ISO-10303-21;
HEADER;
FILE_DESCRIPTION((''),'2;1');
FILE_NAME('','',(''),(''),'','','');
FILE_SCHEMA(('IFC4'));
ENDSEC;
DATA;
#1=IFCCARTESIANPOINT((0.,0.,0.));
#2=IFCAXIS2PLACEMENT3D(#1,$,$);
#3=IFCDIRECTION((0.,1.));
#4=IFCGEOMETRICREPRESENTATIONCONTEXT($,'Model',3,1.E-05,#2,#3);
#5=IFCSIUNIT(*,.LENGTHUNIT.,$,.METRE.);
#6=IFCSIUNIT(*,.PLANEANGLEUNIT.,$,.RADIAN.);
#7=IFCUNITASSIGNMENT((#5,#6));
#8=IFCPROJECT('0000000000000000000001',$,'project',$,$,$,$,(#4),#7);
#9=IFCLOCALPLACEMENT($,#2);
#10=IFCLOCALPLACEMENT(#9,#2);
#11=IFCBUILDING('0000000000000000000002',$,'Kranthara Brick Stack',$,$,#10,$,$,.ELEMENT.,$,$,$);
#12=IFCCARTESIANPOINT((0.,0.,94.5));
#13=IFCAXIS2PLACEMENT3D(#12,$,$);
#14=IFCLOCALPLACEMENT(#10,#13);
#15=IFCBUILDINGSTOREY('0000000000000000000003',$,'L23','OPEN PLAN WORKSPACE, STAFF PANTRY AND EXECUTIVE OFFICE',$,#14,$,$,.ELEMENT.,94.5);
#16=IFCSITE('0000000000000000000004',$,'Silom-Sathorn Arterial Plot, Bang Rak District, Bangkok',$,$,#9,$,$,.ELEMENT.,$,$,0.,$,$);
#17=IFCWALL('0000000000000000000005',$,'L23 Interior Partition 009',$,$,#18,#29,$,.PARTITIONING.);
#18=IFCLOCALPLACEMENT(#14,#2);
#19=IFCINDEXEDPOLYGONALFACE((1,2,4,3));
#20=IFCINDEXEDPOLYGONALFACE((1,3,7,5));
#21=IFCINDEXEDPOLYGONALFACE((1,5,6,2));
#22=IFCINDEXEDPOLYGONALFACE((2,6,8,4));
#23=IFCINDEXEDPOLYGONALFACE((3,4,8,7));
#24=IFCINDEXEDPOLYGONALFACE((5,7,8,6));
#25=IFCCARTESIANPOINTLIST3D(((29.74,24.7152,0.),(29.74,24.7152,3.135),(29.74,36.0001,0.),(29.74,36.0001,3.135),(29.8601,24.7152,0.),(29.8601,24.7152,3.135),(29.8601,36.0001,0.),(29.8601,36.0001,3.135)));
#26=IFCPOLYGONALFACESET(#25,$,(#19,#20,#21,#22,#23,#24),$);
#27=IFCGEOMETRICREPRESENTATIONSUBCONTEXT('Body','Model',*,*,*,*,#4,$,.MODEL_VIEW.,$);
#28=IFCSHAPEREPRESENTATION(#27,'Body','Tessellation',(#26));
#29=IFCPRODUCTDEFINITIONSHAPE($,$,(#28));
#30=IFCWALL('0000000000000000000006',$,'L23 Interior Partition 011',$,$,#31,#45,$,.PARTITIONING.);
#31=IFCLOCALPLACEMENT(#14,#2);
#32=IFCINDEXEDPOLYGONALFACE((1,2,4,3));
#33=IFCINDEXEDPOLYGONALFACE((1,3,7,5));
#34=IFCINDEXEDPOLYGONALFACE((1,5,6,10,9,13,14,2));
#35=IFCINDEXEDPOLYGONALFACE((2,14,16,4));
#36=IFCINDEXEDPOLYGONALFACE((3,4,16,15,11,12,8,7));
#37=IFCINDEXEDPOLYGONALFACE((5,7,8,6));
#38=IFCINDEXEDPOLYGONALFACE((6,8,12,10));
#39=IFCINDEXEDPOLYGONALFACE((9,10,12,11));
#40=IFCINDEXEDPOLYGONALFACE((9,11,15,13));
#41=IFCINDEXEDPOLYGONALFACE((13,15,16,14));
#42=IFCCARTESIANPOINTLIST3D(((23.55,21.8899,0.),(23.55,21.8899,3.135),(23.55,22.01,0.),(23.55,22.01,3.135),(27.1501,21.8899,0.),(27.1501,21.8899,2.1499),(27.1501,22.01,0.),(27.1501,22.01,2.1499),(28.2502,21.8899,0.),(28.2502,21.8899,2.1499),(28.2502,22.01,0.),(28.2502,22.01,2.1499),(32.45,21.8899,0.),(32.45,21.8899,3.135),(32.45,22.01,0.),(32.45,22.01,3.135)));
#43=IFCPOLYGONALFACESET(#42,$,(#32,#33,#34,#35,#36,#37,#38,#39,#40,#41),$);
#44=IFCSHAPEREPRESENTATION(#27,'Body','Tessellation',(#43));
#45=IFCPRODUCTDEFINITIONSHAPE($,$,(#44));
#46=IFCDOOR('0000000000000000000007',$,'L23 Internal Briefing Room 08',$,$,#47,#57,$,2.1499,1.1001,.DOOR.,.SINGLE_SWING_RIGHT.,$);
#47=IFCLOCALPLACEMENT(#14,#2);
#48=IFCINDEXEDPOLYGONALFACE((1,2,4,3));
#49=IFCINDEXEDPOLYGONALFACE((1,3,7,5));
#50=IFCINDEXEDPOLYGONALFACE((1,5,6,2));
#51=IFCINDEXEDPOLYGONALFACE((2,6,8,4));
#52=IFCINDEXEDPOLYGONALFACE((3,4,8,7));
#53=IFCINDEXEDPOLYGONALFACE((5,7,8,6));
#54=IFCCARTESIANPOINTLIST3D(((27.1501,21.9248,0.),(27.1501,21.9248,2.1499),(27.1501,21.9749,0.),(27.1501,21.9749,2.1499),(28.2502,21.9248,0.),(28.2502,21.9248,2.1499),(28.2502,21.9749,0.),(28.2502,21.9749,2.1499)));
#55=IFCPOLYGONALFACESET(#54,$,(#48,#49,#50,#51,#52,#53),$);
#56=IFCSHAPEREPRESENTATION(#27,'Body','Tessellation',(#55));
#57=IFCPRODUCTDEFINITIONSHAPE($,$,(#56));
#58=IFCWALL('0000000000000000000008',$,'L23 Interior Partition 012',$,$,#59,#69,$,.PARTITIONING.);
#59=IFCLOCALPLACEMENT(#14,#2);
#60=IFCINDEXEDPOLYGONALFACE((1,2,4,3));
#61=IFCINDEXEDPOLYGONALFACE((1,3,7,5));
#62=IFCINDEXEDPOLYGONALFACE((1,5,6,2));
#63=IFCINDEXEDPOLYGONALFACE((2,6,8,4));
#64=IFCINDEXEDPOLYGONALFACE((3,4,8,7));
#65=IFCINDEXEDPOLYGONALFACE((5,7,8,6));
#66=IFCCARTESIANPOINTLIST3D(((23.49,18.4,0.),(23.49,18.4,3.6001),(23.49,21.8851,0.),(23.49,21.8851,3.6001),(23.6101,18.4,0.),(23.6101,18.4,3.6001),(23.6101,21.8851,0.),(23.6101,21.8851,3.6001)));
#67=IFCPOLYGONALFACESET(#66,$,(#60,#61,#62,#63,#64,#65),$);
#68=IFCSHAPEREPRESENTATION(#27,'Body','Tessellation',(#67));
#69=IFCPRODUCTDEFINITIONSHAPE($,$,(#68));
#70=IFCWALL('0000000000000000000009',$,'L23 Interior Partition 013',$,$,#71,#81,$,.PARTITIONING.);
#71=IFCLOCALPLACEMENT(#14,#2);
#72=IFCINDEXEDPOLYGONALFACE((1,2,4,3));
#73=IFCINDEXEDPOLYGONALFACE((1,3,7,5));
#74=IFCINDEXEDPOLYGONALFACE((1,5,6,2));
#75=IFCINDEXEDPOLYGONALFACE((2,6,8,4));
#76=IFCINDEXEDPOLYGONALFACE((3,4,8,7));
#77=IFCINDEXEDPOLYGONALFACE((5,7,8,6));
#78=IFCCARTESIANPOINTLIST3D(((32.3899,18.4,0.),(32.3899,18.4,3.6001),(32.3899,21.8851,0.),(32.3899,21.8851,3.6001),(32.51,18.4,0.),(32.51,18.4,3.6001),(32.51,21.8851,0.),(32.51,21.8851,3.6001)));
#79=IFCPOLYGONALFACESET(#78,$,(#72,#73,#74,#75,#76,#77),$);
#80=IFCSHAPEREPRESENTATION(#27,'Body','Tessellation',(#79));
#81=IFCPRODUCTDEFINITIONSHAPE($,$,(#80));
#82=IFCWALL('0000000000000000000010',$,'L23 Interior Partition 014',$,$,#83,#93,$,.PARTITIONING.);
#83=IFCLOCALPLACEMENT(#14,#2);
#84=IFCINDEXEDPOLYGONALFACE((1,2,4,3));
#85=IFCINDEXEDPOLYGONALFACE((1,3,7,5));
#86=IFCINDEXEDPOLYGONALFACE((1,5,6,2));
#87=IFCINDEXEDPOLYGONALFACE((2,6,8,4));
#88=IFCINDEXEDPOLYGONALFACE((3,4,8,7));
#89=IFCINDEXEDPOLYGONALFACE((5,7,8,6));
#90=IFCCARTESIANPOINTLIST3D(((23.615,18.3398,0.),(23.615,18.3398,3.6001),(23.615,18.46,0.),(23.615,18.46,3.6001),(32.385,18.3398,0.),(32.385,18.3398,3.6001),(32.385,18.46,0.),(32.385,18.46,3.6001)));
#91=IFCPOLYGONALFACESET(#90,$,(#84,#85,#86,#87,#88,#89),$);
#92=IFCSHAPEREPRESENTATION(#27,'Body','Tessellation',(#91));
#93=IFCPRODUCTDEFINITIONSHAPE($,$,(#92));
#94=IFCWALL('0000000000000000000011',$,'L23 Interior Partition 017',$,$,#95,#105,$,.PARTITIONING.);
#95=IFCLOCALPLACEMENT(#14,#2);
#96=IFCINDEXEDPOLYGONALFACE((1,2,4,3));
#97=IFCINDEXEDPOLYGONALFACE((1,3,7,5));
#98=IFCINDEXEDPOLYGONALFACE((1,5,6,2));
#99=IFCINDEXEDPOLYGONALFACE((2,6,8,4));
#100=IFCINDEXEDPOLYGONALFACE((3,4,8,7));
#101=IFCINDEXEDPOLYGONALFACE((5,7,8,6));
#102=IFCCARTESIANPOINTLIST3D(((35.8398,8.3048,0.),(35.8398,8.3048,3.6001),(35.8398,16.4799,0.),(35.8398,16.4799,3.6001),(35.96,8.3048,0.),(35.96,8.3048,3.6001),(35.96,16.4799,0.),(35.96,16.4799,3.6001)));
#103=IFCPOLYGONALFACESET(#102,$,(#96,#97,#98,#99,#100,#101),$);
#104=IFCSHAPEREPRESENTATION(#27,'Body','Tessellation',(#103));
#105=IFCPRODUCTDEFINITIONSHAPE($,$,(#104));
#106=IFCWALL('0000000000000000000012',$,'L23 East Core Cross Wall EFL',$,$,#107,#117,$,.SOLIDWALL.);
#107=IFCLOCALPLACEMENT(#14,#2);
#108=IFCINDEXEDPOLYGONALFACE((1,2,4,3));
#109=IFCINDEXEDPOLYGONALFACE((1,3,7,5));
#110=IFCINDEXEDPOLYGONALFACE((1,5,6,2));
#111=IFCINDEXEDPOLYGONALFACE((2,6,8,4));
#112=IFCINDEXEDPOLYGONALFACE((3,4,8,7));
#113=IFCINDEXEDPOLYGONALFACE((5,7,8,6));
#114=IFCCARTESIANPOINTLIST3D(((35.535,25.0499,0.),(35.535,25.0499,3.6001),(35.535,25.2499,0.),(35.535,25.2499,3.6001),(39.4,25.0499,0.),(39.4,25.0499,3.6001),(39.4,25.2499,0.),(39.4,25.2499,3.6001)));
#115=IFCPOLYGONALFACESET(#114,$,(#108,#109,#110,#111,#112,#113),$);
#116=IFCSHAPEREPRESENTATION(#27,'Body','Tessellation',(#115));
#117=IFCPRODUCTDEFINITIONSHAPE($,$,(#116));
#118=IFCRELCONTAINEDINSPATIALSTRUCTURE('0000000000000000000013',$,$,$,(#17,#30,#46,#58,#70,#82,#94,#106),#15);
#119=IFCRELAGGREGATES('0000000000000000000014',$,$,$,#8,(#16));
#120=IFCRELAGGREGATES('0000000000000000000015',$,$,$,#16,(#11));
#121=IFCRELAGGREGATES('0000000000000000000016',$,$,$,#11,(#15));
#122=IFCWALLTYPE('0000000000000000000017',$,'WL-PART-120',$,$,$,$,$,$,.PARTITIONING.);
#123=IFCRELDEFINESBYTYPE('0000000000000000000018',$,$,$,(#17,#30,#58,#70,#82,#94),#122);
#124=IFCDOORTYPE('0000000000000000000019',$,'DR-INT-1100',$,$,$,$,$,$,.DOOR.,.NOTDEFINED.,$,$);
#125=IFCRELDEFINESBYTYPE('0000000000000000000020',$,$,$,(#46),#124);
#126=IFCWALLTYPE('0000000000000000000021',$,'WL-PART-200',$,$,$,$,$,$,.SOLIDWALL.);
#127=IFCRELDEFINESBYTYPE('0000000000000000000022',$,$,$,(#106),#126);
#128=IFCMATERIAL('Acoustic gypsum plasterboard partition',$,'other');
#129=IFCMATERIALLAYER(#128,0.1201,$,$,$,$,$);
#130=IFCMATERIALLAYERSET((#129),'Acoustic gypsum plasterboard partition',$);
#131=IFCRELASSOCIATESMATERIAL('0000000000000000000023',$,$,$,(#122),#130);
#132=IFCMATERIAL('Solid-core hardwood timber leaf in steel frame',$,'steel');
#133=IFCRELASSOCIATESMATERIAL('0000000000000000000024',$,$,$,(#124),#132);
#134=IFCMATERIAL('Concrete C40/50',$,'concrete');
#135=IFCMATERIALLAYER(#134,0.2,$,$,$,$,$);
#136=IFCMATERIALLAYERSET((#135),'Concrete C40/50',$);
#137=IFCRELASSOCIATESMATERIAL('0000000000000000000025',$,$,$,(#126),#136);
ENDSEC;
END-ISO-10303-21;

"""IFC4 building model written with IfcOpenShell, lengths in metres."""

from ifc_helpers import new_model, si_unit, direction, frame, frame_2d, origin, place, context, subcontext, project, spatial, rectangle, extrude, material, layer, layer_set, type_object, element, fill, save


model = new_model("IFC4")

# Units and contexts
model_context = context("Model", 3, precision=1e-05, world=origin(), true_north=direction((0.0, 1.0)))
body_context = subcontext(model_context, "Body", "Model", "MODEL_VIEW")
ifc_project = project(units=[si_unit("LENGTHUNIT", "METRE"), si_unit("PLANEANGLEUNIT", "RADIAN")], contexts=[model_context])

# Site, building, storey
site_placement = place(None, origin())
site = spatial("IfcSite", under=ifc_project, at=site_placement, Name="Silom-Sathorn Arterial Plot, Bang Rak District, Bangkok", CompositionType="ELEMENT", RefElevation=0.0)
building_placement = place(site_placement, origin())
building = spatial("IfcBuilding", under=site, at=building_placement, Name="Kranthara Brick Stack", CompositionType="ELEMENT")
storey_placement = place(building_placement, frame((0.0, 0.0, 94.5)))
storey = spatial("IfcBuildingStorey", under=building, at=storey_placement, Name="L23", Description="OPEN PLAN WORKSPACE, STAFF PANTRY AND EXECUTIVE OFFICE", CompositionType="ELEMENT", Elevation=94.5)

# Wall
ifc_material_1 = material(Name="Acoustic gypsum plasterboard partition", Category="other")
ifc_layer_1 = layer(ifc_material_1, 0.1201)
ifc_layer_set_1 = layer_set([ifc_layer_1], Name="Acoustic gypsum plasterboard partition")
wall_type_1 = type_object("IfcWallType", Name="WL-PART-120", PredefinedType="PARTITIONING", material=ifc_layer_set_1)
wall_1_placement = place(storey_placement, frame((29.8, 24.7151, 0.0), z_axis=(0.0, 0.0, 1.0), x_axis=(0.0, 1.0, 0.0)))
element("IfcWall", 1, at=wall_1_placement, inside=storey, type_object=wall_type_1, Name="L23 Interior Partition 009", PredefinedType="PARTITIONING", context=body_context, shape_type="SweptSolid", body=[
    extrude(rectangle(XDim=11.2849, YDim=0.1201, at=frame_2d((5.6426, 0.0))), origin(), (0.0, 0.0, 1.0), 3.135),
])

# Wall, opening, door
wall_2_placement = place(storey_placement, frame((23.55, 21.95, 0.0), z_axis=(0.0, 0.0, 1.0), x_axis=(1.0, 0.0, 0.0)))
wall_2 = element("IfcWall", 2, at=wall_2_placement, inside=storey, type_object=wall_type_1, Name="L23 Interior Partition 011", PredefinedType="PARTITIONING", context=body_context, shape_type="SweptSolid", body=[
    extrude(rectangle(XDim=8.8999, YDim=0.1201, at=frame_2d((4.45, 0.0))), origin(), (0.0, 0.0, 1.0), 3.135),
])
opening_1_placement = place(wall_2_placement, frame((3.6001, 0.0, 0.0)))
opening_1 = element("IfcOpeningElement", 3, at=opening_1_placement, cuts=wall_2, PredefinedType="OPENING", context=body_context, shape_type="SweptSolid", body=[
    extrude(rectangle(XDim=1.1001, YDim=2.1499, at=frame_2d((0.55, 1.075))), frame((0.0, 0.0701, 0.0), z_axis=(0.0, -1.0, 0.0), x_axis=(1.0, 0.0, 0.0)), (0.0, 0.0, 1.0), 0.1401),
])
ifc_material_2 = material(Name="Solid-core hardwood timber leaf in steel frame", Category="steel")
door_type_1 = type_object("IfcDoorType", Name="DR-INT-1100", OperationType="NOTDEFINED", PredefinedType="DOOR", material=ifc_material_2)
door_1_placement = place(opening_1_placement, origin())
door_1 = element("IfcDoor", 4, at=door_1_placement, inside=storey, type_object=door_type_1, Name="L23 Internal Briefing Room 08", OperationType="SINGLE_SWING_RIGHT", OverallHeight=2.1499, OverallWidth=1.1001, PredefinedType="DOOR", context=body_context, shape_type="SweptSolid", body=[
    extrude(rectangle(XDim=1.1001, YDim=2.1499, at=frame_2d((0.55, 1.075))), frame((0.0, 0.0249, 0.0), z_axis=(0.0, -1.0, 0.0), x_axis=(1.0, 0.0, 0.0)), (0.0, 0.0, 1.0), 0.05),
])
fill(opening_1, door_1)

# Walls
for number, where, z_axis, x_axis, name in (
    (5, (23.55, 18.3999, 0.0), (0.0, 0.0, 1.0), (0.0, 1.0, 0.0), "L23 Interior Partition 012"),
    (6, (32.45, 18.3999, 0.0), (0.0, 0.0, 1.0), (0.0, 1.0, 0.0), "L23 Interior Partition 013"),
):
    element("IfcWall", number, at=place(storey_placement, frame(where, z_axis=z_axis, x_axis=x_axis)), inside=storey, type_object=wall_type_1, Name=name, PredefinedType="PARTITIONING", context=body_context, shape_type="SweptSolid", body=[
        extrude(rectangle(XDim=3.4851, YDim=0.1201, at=frame_2d((1.7427, 0.0))), origin(), (0.0, 0.0, 1.0), 3.6001),
    ])
wall_3_placement = place(storey_placement, frame((23.615, 18.3999, 0.0), z_axis=(0.0, 0.0, 1.0), x_axis=(1.0, 0.0, 0.0)))
element("IfcWall", 7, at=wall_3_placement, inside=storey, type_object=wall_type_1, Name="L23 Interior Partition 014", PredefinedType="PARTITIONING", context=body_context, shape_type="SweptSolid", body=[
    extrude(rectangle(XDim=8.77, YDim=0.1201, at=frame_2d((4.385, 0.0))), origin(), (0.0, 0.0, 1.0), 3.6001),
])
wall_4_placement = place(storey_placement, frame((35.8999, 8.3049, 0.0), z_axis=(0.0, 0.0, 1.0), x_axis=(0.0, 1.0, 0.0)))
element("IfcWall", 8, at=wall_4_placement, inside=storey, type_object=wall_type_1, Name="L23 Interior Partition 017", PredefinedType="PARTITIONING", context=body_context, shape_type="SweptSolid", body=[
    extrude(rectangle(XDim=8.175, YDim=0.1201, at=frame_2d((4.0874, 0.0))), origin(), (0.0, 0.0, 1.0), 3.6001),
])
ifc_material_3 = material(Name="Concrete C40/50", Category="concrete")
ifc_layer_2 = layer(ifc_material_3, 0.2)
ifc_layer_set_2 = layer_set([ifc_layer_2], Name="Concrete C40/50")
wall_type_2 = type_object("IfcWallType", Name="WL-PART-200", PredefinedType="SOLIDWALL", material=ifc_layer_set_2)
wall_5_placement = place(storey_placement, frame((35.5349, 25.1499, 0.0), z_axis=(0.0, 0.0, 1.0), x_axis=(1.0, 0.0, 0.0)))
element("IfcWall", 9, at=wall_5_placement, inside=storey, type_object=wall_type_2, Name="L23 East Core Cross Wall EFL", PredefinedType="SOLIDWALL", context=body_context, shape_type="SweptSolid", body=[
    extrude(rectangle(XDim=3.865, YDim=0.2, at=frame_2d((1.9326, 0.0))), origin(), (0.0, 0.0, 1.0), 3.6001),
])

save(model, "model.ifc")
